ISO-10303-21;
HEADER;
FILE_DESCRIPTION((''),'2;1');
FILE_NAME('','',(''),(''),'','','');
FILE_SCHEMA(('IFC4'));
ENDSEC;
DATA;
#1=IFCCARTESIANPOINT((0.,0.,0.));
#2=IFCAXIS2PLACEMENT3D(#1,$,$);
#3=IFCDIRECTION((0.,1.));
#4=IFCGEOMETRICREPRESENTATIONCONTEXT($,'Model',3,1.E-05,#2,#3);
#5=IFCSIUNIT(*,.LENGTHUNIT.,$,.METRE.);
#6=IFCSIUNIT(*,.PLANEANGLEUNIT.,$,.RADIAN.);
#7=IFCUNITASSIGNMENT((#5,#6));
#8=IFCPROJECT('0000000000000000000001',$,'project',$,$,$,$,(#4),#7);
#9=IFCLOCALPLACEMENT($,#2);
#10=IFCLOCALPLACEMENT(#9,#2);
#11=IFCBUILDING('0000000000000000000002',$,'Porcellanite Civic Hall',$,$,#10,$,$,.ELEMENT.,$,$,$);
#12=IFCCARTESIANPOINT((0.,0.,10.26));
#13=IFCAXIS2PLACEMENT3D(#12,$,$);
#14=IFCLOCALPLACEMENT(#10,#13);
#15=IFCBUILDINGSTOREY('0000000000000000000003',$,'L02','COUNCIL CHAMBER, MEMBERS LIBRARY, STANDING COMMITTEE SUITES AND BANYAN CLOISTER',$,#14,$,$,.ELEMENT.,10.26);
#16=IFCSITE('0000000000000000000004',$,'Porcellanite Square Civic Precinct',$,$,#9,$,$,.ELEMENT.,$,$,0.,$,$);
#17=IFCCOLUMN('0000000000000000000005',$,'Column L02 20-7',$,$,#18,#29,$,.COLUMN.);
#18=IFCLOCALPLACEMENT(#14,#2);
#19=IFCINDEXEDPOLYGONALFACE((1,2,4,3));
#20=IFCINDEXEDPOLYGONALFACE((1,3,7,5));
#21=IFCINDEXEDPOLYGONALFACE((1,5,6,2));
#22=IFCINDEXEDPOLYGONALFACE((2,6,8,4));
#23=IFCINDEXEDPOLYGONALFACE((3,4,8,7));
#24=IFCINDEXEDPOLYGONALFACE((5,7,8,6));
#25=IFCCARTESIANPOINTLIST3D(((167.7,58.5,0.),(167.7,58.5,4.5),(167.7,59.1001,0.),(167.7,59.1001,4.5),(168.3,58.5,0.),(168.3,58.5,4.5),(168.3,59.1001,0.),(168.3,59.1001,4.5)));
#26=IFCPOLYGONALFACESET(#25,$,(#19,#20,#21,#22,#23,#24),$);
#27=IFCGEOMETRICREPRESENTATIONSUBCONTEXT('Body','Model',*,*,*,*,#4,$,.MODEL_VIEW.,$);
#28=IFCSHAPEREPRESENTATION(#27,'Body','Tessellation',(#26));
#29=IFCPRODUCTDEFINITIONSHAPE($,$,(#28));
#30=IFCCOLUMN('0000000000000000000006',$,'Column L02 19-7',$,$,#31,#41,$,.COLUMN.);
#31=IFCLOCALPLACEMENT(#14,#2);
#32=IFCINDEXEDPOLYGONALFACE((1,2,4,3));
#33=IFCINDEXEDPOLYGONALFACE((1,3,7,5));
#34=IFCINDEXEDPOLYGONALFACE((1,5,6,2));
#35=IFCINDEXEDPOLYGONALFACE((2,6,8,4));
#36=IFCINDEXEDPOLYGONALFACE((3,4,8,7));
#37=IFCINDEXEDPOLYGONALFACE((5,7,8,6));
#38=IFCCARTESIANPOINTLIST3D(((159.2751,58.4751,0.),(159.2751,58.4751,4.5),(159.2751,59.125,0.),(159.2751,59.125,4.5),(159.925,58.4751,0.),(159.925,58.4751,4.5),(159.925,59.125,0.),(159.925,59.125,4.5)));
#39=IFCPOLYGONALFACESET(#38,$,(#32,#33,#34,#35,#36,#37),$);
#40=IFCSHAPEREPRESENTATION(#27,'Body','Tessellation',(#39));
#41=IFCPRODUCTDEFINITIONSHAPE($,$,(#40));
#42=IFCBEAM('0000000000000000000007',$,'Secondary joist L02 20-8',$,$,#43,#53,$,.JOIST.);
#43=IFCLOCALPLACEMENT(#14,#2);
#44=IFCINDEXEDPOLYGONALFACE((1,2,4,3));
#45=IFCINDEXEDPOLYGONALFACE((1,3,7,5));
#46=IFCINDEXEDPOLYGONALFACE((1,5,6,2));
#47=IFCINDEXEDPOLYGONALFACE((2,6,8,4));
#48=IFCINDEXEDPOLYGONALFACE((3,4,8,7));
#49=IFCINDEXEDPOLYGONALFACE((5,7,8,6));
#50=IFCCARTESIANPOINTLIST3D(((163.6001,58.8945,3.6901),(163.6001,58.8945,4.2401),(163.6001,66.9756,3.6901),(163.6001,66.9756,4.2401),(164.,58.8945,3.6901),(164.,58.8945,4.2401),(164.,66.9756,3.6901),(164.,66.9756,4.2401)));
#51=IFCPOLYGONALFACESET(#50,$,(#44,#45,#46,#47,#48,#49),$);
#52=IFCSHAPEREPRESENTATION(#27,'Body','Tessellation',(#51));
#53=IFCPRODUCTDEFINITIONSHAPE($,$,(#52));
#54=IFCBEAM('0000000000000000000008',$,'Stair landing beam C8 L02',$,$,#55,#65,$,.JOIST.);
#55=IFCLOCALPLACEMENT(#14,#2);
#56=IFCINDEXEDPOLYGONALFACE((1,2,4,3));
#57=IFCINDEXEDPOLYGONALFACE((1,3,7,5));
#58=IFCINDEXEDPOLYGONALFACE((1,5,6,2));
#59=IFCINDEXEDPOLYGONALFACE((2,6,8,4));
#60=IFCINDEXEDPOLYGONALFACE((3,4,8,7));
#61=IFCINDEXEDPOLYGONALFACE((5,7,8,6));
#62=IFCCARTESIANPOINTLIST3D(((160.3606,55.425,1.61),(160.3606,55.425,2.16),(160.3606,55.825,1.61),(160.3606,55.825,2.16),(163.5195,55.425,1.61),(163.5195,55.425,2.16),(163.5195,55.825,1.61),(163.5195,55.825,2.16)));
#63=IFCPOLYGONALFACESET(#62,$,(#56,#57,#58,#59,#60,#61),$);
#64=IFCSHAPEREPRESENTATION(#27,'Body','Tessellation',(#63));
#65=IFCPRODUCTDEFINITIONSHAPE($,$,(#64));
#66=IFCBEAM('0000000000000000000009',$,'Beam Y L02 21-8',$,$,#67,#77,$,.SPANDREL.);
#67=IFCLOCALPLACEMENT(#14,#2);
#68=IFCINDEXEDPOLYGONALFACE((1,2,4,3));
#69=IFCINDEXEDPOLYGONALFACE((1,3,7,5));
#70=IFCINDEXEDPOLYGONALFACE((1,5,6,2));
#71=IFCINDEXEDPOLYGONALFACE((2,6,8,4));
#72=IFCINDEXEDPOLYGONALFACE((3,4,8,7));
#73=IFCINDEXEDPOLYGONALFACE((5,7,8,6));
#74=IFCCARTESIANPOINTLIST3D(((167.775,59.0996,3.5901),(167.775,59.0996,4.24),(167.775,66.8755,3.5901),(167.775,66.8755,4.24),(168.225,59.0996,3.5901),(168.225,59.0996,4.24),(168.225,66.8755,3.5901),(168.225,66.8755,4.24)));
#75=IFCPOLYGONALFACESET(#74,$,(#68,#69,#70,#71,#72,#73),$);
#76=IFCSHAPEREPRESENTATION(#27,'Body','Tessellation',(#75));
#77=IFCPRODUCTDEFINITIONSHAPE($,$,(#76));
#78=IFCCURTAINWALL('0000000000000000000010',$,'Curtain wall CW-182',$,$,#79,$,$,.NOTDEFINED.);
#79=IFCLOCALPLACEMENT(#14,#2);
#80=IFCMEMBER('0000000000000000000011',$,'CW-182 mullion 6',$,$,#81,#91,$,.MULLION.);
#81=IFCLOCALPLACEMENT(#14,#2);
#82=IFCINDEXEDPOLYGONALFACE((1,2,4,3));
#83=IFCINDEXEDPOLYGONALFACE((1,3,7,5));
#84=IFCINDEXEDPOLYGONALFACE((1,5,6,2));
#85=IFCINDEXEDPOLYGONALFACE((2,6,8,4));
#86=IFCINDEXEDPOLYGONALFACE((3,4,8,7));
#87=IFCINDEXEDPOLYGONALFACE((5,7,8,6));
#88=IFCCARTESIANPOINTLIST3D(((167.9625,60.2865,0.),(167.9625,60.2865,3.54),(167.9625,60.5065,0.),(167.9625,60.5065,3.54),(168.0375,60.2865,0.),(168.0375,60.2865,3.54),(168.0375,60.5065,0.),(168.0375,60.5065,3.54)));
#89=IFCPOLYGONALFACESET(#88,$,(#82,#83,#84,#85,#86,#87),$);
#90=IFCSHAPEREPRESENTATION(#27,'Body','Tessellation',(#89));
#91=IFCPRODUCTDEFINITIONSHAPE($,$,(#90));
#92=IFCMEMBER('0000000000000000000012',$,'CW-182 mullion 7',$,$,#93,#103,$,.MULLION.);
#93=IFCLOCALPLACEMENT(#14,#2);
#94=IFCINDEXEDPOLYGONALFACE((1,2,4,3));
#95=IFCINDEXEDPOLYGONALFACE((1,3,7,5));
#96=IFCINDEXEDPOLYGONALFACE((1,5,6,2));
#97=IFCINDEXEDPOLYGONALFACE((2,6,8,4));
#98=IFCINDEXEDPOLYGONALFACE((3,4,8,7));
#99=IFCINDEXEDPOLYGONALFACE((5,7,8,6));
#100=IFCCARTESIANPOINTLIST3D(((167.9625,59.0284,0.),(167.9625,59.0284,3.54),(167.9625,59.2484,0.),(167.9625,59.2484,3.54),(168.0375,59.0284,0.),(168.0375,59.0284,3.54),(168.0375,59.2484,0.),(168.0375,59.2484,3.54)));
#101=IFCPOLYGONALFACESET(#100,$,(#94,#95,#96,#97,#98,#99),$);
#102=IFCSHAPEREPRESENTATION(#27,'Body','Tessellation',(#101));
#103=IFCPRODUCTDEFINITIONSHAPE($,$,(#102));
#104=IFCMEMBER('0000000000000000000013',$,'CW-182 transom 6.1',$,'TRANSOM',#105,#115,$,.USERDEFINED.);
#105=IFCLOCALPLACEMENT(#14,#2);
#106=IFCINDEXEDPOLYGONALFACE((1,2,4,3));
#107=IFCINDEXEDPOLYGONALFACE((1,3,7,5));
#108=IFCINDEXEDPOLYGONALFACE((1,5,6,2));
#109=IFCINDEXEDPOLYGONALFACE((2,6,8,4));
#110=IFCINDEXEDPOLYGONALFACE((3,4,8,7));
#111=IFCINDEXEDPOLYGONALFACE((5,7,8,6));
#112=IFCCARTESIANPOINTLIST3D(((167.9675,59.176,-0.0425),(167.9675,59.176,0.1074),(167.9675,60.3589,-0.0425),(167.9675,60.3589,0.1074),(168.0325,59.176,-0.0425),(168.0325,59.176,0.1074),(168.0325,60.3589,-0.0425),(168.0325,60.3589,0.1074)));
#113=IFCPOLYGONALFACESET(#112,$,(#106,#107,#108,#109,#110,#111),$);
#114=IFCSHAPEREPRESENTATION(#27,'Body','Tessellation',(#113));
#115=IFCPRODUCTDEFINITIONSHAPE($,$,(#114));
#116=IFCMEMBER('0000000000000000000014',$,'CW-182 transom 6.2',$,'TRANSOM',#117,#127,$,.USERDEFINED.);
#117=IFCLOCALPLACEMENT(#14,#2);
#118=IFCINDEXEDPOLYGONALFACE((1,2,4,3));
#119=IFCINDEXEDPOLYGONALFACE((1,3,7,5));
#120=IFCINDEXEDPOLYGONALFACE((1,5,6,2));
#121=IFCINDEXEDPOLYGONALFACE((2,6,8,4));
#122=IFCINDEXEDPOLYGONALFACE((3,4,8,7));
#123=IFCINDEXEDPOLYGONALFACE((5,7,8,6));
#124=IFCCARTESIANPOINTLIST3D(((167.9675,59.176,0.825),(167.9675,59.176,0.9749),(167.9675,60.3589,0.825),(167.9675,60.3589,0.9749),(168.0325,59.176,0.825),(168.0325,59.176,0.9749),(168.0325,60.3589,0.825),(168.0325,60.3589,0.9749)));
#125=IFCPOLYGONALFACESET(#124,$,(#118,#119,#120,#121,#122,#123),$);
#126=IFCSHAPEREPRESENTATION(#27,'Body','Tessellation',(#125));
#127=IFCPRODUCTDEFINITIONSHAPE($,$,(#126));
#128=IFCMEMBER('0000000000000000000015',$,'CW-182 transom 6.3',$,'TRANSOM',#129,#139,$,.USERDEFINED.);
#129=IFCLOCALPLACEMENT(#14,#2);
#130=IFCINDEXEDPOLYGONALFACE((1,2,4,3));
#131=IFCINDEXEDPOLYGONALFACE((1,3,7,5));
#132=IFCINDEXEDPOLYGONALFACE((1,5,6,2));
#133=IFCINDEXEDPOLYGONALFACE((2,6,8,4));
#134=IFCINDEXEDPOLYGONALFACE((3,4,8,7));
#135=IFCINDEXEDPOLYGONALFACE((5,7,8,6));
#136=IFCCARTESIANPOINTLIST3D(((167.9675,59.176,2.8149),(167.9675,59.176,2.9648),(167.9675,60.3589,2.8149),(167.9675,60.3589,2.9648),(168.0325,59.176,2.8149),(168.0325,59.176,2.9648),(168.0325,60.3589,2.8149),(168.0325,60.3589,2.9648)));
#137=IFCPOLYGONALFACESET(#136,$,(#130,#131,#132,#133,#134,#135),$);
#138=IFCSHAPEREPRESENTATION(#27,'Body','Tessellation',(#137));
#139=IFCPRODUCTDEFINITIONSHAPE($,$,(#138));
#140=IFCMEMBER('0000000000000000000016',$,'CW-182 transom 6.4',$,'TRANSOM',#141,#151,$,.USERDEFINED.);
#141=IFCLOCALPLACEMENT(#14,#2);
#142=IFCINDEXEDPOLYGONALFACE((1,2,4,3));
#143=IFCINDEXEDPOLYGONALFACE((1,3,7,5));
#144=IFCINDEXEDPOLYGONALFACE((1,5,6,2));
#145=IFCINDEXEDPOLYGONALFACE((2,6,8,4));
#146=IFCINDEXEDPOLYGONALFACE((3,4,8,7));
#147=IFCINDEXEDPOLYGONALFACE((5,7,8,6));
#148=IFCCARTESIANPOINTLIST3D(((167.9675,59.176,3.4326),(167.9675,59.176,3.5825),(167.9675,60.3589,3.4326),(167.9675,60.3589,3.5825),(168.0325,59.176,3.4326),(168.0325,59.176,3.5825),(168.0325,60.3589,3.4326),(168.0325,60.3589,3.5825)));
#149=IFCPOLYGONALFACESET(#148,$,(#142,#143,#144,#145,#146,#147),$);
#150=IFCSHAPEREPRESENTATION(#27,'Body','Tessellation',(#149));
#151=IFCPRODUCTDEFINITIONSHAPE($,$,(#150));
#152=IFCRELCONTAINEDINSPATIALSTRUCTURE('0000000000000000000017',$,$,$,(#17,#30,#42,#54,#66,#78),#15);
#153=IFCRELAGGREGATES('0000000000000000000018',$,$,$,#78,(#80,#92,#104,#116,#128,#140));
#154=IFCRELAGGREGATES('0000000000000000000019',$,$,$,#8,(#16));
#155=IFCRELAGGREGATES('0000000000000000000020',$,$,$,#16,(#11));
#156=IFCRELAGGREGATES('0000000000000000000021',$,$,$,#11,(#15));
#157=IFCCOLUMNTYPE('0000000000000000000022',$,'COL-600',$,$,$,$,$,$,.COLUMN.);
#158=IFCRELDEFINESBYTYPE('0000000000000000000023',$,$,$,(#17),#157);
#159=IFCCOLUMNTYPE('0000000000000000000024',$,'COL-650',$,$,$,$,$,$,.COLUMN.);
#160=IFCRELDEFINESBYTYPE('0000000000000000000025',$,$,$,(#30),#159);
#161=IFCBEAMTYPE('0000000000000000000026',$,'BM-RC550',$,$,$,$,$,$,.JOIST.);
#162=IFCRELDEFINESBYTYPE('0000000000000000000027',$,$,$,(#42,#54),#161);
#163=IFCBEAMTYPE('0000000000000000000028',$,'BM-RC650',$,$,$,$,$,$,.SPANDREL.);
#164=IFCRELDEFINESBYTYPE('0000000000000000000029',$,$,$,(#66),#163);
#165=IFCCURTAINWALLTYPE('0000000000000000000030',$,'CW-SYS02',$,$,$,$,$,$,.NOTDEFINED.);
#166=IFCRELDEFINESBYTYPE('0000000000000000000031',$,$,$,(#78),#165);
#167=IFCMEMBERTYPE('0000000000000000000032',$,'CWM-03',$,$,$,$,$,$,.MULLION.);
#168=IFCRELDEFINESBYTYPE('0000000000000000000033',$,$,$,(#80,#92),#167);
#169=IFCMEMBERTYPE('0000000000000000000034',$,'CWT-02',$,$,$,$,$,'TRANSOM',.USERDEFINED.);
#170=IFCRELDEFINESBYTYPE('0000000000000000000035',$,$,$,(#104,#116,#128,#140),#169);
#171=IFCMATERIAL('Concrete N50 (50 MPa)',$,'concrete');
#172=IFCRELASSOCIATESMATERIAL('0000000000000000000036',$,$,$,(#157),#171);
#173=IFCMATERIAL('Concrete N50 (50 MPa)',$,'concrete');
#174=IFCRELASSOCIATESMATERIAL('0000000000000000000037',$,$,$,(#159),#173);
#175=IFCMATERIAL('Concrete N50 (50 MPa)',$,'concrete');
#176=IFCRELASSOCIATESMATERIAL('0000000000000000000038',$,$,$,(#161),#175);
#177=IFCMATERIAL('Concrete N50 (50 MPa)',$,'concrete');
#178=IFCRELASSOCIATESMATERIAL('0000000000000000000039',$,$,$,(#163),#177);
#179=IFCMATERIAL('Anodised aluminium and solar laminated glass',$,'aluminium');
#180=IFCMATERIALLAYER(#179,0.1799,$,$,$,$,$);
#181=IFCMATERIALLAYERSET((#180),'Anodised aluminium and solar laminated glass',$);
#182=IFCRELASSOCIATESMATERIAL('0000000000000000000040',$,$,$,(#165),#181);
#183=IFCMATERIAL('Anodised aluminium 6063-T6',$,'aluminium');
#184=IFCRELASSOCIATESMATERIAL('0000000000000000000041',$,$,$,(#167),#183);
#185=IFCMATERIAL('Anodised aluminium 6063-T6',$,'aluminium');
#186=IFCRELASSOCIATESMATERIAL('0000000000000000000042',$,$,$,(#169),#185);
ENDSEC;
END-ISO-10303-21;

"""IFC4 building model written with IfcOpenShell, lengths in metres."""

from ifc_helpers import new_model, si_unit, direction, frame, origin, origin_2d, place, context, subcontext, project, spatial, rectangle, extrude, material, layer, layer_set, material_profile, profile_set, type_object, element, aggregate, save


model = new_model("IFC4")

# Units and contexts
model_context = context("Model", 3, precision=1e-05, world=origin(), true_north=direction((0.0, 1.0)))
body_context = subcontext(model_context, "Body", "Model", "MODEL_VIEW")
ifc_project = project(units=[si_unit("LENGTHUNIT", "METRE"), si_unit("PLANEANGLEUNIT", "RADIAN")], contexts=[model_context])

# Site, building, storey
site_placement = place(None, origin())
site = spatial("IfcSite", under=ifc_project, at=site_placement, Name="Porcellanite Square Civic Precinct", CompositionType="ELEMENT", RefElevation=0.0)
building_placement = place(site_placement, origin())
building = spatial("IfcBuilding", under=site, at=building_placement, Name="Porcellanite Civic Hall", CompositionType="ELEMENT")
storey_placement = place(building_placement, frame((0.0, 0.0, 10.26)))
storey = spatial("IfcBuildingStorey", under=building, at=storey_placement, Name="L02", Description="COUNCIL CHAMBER, MEMBERS LIBRARY, STANDING COMMITTEE SUITES AND BANYAN CLOISTER", CompositionType="ELEMENT", Elevation=10.26)

# Columns
ifc_material_1 = material(Name="Concrete N50 (50 MPa)", Category="concrete")
ifc_material_profile_1 = material_profile(ifc_material_1, rectangle(XDim=0.6001, YDim=0.6001, at=origin_2d()), Name="RC-600x600")
ifc_profile_set_1 = profile_set([ifc_material_profile_1], Name="Concrete N50 (50 MPa)")
column_type_1 = type_object("IfcColumnType", Name="COL-600", PredefinedType="COLUMN", material=ifc_profile_set_1)
column_1_placement = place(storey_placement, frame((168.0, 58.8, 0.0), z_axis=(0.0, 0.0, 1.0), x_axis=(1.0, 0.0, 0.0)))
element("IfcColumn", 1, at=column_1_placement, inside=storey, type_object=column_type_1, Name="Column L02 20-7", PredefinedType="COLUMN", context=body_context, shape_type="SweptSolid", body=[
    extrude(rectangle(XDim=0.6001, YDim=0.6001, at=origin_2d()), origin(), (0.0, 0.0, 1.0), 4.5),
])
ifc_material_2 = material(Name="Concrete N50 (50 MPa)", Category="concrete")
ifc_material_profile_2 = material_profile(ifc_material_2, rectangle(XDim=0.6499, YDim=0.6499, at=origin_2d()), Name="RC-650x650")
ifc_profile_set_2 = profile_set([ifc_material_profile_2], Name="Concrete N50 (50 MPa)")
column_type_2 = type_object("IfcColumnType", Name="COL-650", PredefinedType="COLUMN", material=ifc_profile_set_2)
column_2_placement = place(storey_placement, frame((159.6001, 58.8, 0.0), z_axis=(0.0, 0.0, 1.0), x_axis=(1.0, 0.0, 0.0)))
element("IfcColumn", 2, at=column_2_placement, inside=storey, type_object=column_type_2, Name="Column L02 19-7", PredefinedType="COLUMN", context=body_context, shape_type="SweptSolid", body=[
    extrude(rectangle(XDim=0.6499, YDim=0.6499, at=origin_2d()), origin(), (0.0, 0.0, 1.0), 4.5),
])

# Beams
ifc_material_3 = material(Name="Concrete N50 (50 MPa)", Category="concrete")
ifc_material_profile_3 = material_profile(ifc_material_3, rectangle(XDim=0.3999, YDim=0.55, at=origin_2d()), Name="RC-400x550")
ifc_profile_set_3 = profile_set([ifc_material_profile_3], Name="Concrete N50 (50 MPa)")
beam_type_1 = type_object("IfcBeamType", Name="BM-RC550", PredefinedType="JOIST", material=ifc_profile_set_3)
beam_1_placement = place(storey_placement, frame((163.8, 58.8945, 3.9651), z_axis=(0.0, 1.0, 0.0), x_axis=(-1.0, 0.0, 0.0)))
element("IfcBeam", 3, at=beam_1_placement, inside=storey, type_object=beam_type_1, Name="Secondary joist L02 20-8", PredefinedType="JOIST", context=body_context, shape_type="SweptSolid", body=[
    extrude(rectangle(XDim=0.3999, YDim=0.55, at=origin_2d()), origin(), (0.0, 0.0, 1.0), 8.0811),
])
beam_2_placement = place(storey_placement, frame((160.3606, 55.625, 1.885), z_axis=(1.0, 0.0, 0.0), x_axis=(0.0, 1.0, 0.0)))
element("IfcBeam", 4, at=beam_2_placement, inside=storey, type_object=beam_type_1, Name="Stair landing beam C8 L02", PredefinedType="JOIST", context=body_context, shape_type="SweptSolid", body=[
    extrude(rectangle(XDim=0.3999, YDim=0.55, at=origin_2d()), origin(), (0.0, 0.0, 1.0), 3.1589),
])
ifc_material_4 = material(Name="Concrete N50 (50 MPa)", Category="concrete")
ifc_material_profile_4 = material_profile(ifc_material_4, rectangle(XDim=0.45, YDim=0.6499, at=origin_2d()), Name="RC-450x650")
ifc_profile_set_4 = profile_set([ifc_material_profile_4], Name="Concrete N50 (50 MPa)")
beam_type_2 = type_object("IfcBeamType", Name="BM-RC650", PredefinedType="SPANDREL", material=ifc_profile_set_4)
beam_3_placement = place(storey_placement, frame((168.0, 59.0996, 3.915), z_axis=(0.0, 1.0, 0.0), x_axis=(-1.0, 0.0, 0.0)))
element("IfcBeam", 5, at=beam_3_placement, inside=storey, type_object=beam_type_2, Name="Beam Y L02 21-8", PredefinedType="SPANDREL", context=body_context, shape_type="SweptSolid", body=[
    extrude(rectangle(XDim=0.45, YDim=0.6499, at=origin_2d()), origin(), (0.0, 0.0, 1.0), 7.7759),
])

# Curtain wall, members
ifc_material_5 = material(Name="Anodised aluminium and solar laminated glass", Category="aluminium")
ifc_layer_1 = layer(ifc_material_5, 0.1799)
ifc_layer_set_1 = layer_set([ifc_layer_1], Name="Anodised aluminium and solar laminated glass")
curtain_wall_type = type_object("IfcCurtainWallType", Name="CW-SYS02", PredefinedType="NOTDEFINED", material=ifc_layer_set_1)
curtain_wall_placement = place(storey_placement, origin())
curtain_wall = element("IfcCurtainWall", 6, at=curtain_wall_placement, inside=storey, type_object=curtain_wall_type, Name="Curtain wall CW-182", PredefinedType="NOTDEFINED")
ifc_material_6 = material(Name="Anodised aluminium 6063-T6", Category="aluminium")
ifc_material_profile_5 = material_profile(ifc_material_6, rectangle(XDim=0.075, YDim=0.22, at=origin_2d()), Name="AL-75x220")
ifc_profile_set_5 = profile_set([ifc_material_profile_5], Name="Anodised aluminium 6063-T6")
member_type_1 = type_object("IfcMemberType", Name="CWM-03", PredefinedType="MULLION", material=ifc_profile_set_5)
member_1_placement = place(storey_placement, frame((168.0, 60.3965, 0.0), z_axis=(0.0, 0.0, 1.0), x_axis=(1.0, 0.0, 0.0)))
member_1 = element("IfcMember", 7, at=member_1_placement, type_object=member_type_1, Name="CW-182 mullion 6", PredefinedType="MULLION", context=body_context, shape_type="SweptSolid", body=[
    extrude(rectangle(XDim=0.075, YDim=0.22, at=origin_2d()), origin(), (0.0, 0.0, 1.0), 3.54),
])
member_2_placement = place(storey_placement, frame((168.0, 59.1384, 0.0), z_axis=(0.0, 0.0, 1.0), x_axis=(1.0, 0.0, 0.0)))
member_2 = element("IfcMember", 8, at=member_2_placement, type_object=member_type_1, Name="CW-182 mullion 7", PredefinedType="MULLION", context=body_context, shape_type="SweptSolid", body=[
    extrude(rectangle(XDim=0.075, YDim=0.22, at=origin_2d()), origin(), (0.0, 0.0, 1.0), 3.54),
])
ifc_material_7 = material(Name="Anodised aluminium 6063-T6", Category="aluminium")
ifc_material_profile_6 = material_profile(ifc_material_7, rectangle(XDim=0.0649, YDim=0.1499, at=origin_2d()), Name="AL-65x150")
ifc_profile_set_6 = profile_set([ifc_material_profile_6], Name="Anodised aluminium 6063-T6")
member_type_2 = type_object("IfcMemberType", Name="CWT-02", ElementType="TRANSOM", PredefinedType="USERDEFINED", material=ifc_profile_set_6)
member_3_placement = place(storey_placement, frame((168.0, 60.3589, 0.0325), z_axis=(0.0, -1.0, 0.0), x_axis=(1.0, 0.0, 0.0)))
member_3 = element("IfcMember", 9, at=member_3_placement, type_object=member_type_2, Name="CW-182 transom 6.1", ObjectType="TRANSOM", PredefinedType="USERDEFINED", context=body_context, shape_type="SweptSolid", body=[
    extrude(rectangle(XDim=0.0649, YDim=0.1499, at=origin_2d()), origin(), (0.0, 0.0, 1.0), 1.1829),
])
member_4_placement = place(storey_placement, frame((168.0, 60.3589, 0.8999), z_axis=(0.0, -1.0, 0.0), x_axis=(1.0, 0.0, 0.0)))
member_4 = element("IfcMember", 10, at=member_4_placement, type_object=member_type_2, Name="CW-182 transom 6.2", ObjectType="TRANSOM", PredefinedType="USERDEFINED", context=body_context, shape_type="SweptSolid", body=[
    extrude(rectangle(XDim=0.0649, YDim=0.1499, at=origin_2d()), origin(), (0.0, 0.0, 1.0), 1.1829),
])
member_5_placement = place(storey_placement, frame((168.0, 60.3589, 2.8899), z_axis=(0.0, -1.0, 0.0), x_axis=(1.0, 0.0, 0.0)))
member_5 = element("IfcMember", 11, at=member_5_placement, type_object=member_type_2, Name="CW-182 transom 6.3", ObjectType="TRANSOM", PredefinedType="USERDEFINED", context=body_context, shape_type="SweptSolid", body=[
    extrude(rectangle(XDim=0.0649, YDim=0.1499, at=origin_2d()), origin(), (0.0, 0.0, 1.0), 1.1829),
])
member_6_placement = place(storey_placement, frame((168.0, 60.3589, 3.5076), z_axis=(0.0, -1.0, 0.0), x_axis=(1.0, 0.0, 0.0)))
member_6 = element("IfcMember", 12, at=member_6_placement, type_object=member_type_2, Name="CW-182 transom 6.4", ObjectType="TRANSOM", PredefinedType="USERDEFINED", context=body_context, shape_type="SweptSolid", body=[
    extrude(rectangle(XDim=0.0649, YDim=0.1499, at=origin_2d()), origin(), (0.0, 0.0, 1.0), 1.1829),
])

aggregate(curtain_wall, [member_1, member_2, member_3, member_4, member_5, member_6])

save(model, "model.ifc")
